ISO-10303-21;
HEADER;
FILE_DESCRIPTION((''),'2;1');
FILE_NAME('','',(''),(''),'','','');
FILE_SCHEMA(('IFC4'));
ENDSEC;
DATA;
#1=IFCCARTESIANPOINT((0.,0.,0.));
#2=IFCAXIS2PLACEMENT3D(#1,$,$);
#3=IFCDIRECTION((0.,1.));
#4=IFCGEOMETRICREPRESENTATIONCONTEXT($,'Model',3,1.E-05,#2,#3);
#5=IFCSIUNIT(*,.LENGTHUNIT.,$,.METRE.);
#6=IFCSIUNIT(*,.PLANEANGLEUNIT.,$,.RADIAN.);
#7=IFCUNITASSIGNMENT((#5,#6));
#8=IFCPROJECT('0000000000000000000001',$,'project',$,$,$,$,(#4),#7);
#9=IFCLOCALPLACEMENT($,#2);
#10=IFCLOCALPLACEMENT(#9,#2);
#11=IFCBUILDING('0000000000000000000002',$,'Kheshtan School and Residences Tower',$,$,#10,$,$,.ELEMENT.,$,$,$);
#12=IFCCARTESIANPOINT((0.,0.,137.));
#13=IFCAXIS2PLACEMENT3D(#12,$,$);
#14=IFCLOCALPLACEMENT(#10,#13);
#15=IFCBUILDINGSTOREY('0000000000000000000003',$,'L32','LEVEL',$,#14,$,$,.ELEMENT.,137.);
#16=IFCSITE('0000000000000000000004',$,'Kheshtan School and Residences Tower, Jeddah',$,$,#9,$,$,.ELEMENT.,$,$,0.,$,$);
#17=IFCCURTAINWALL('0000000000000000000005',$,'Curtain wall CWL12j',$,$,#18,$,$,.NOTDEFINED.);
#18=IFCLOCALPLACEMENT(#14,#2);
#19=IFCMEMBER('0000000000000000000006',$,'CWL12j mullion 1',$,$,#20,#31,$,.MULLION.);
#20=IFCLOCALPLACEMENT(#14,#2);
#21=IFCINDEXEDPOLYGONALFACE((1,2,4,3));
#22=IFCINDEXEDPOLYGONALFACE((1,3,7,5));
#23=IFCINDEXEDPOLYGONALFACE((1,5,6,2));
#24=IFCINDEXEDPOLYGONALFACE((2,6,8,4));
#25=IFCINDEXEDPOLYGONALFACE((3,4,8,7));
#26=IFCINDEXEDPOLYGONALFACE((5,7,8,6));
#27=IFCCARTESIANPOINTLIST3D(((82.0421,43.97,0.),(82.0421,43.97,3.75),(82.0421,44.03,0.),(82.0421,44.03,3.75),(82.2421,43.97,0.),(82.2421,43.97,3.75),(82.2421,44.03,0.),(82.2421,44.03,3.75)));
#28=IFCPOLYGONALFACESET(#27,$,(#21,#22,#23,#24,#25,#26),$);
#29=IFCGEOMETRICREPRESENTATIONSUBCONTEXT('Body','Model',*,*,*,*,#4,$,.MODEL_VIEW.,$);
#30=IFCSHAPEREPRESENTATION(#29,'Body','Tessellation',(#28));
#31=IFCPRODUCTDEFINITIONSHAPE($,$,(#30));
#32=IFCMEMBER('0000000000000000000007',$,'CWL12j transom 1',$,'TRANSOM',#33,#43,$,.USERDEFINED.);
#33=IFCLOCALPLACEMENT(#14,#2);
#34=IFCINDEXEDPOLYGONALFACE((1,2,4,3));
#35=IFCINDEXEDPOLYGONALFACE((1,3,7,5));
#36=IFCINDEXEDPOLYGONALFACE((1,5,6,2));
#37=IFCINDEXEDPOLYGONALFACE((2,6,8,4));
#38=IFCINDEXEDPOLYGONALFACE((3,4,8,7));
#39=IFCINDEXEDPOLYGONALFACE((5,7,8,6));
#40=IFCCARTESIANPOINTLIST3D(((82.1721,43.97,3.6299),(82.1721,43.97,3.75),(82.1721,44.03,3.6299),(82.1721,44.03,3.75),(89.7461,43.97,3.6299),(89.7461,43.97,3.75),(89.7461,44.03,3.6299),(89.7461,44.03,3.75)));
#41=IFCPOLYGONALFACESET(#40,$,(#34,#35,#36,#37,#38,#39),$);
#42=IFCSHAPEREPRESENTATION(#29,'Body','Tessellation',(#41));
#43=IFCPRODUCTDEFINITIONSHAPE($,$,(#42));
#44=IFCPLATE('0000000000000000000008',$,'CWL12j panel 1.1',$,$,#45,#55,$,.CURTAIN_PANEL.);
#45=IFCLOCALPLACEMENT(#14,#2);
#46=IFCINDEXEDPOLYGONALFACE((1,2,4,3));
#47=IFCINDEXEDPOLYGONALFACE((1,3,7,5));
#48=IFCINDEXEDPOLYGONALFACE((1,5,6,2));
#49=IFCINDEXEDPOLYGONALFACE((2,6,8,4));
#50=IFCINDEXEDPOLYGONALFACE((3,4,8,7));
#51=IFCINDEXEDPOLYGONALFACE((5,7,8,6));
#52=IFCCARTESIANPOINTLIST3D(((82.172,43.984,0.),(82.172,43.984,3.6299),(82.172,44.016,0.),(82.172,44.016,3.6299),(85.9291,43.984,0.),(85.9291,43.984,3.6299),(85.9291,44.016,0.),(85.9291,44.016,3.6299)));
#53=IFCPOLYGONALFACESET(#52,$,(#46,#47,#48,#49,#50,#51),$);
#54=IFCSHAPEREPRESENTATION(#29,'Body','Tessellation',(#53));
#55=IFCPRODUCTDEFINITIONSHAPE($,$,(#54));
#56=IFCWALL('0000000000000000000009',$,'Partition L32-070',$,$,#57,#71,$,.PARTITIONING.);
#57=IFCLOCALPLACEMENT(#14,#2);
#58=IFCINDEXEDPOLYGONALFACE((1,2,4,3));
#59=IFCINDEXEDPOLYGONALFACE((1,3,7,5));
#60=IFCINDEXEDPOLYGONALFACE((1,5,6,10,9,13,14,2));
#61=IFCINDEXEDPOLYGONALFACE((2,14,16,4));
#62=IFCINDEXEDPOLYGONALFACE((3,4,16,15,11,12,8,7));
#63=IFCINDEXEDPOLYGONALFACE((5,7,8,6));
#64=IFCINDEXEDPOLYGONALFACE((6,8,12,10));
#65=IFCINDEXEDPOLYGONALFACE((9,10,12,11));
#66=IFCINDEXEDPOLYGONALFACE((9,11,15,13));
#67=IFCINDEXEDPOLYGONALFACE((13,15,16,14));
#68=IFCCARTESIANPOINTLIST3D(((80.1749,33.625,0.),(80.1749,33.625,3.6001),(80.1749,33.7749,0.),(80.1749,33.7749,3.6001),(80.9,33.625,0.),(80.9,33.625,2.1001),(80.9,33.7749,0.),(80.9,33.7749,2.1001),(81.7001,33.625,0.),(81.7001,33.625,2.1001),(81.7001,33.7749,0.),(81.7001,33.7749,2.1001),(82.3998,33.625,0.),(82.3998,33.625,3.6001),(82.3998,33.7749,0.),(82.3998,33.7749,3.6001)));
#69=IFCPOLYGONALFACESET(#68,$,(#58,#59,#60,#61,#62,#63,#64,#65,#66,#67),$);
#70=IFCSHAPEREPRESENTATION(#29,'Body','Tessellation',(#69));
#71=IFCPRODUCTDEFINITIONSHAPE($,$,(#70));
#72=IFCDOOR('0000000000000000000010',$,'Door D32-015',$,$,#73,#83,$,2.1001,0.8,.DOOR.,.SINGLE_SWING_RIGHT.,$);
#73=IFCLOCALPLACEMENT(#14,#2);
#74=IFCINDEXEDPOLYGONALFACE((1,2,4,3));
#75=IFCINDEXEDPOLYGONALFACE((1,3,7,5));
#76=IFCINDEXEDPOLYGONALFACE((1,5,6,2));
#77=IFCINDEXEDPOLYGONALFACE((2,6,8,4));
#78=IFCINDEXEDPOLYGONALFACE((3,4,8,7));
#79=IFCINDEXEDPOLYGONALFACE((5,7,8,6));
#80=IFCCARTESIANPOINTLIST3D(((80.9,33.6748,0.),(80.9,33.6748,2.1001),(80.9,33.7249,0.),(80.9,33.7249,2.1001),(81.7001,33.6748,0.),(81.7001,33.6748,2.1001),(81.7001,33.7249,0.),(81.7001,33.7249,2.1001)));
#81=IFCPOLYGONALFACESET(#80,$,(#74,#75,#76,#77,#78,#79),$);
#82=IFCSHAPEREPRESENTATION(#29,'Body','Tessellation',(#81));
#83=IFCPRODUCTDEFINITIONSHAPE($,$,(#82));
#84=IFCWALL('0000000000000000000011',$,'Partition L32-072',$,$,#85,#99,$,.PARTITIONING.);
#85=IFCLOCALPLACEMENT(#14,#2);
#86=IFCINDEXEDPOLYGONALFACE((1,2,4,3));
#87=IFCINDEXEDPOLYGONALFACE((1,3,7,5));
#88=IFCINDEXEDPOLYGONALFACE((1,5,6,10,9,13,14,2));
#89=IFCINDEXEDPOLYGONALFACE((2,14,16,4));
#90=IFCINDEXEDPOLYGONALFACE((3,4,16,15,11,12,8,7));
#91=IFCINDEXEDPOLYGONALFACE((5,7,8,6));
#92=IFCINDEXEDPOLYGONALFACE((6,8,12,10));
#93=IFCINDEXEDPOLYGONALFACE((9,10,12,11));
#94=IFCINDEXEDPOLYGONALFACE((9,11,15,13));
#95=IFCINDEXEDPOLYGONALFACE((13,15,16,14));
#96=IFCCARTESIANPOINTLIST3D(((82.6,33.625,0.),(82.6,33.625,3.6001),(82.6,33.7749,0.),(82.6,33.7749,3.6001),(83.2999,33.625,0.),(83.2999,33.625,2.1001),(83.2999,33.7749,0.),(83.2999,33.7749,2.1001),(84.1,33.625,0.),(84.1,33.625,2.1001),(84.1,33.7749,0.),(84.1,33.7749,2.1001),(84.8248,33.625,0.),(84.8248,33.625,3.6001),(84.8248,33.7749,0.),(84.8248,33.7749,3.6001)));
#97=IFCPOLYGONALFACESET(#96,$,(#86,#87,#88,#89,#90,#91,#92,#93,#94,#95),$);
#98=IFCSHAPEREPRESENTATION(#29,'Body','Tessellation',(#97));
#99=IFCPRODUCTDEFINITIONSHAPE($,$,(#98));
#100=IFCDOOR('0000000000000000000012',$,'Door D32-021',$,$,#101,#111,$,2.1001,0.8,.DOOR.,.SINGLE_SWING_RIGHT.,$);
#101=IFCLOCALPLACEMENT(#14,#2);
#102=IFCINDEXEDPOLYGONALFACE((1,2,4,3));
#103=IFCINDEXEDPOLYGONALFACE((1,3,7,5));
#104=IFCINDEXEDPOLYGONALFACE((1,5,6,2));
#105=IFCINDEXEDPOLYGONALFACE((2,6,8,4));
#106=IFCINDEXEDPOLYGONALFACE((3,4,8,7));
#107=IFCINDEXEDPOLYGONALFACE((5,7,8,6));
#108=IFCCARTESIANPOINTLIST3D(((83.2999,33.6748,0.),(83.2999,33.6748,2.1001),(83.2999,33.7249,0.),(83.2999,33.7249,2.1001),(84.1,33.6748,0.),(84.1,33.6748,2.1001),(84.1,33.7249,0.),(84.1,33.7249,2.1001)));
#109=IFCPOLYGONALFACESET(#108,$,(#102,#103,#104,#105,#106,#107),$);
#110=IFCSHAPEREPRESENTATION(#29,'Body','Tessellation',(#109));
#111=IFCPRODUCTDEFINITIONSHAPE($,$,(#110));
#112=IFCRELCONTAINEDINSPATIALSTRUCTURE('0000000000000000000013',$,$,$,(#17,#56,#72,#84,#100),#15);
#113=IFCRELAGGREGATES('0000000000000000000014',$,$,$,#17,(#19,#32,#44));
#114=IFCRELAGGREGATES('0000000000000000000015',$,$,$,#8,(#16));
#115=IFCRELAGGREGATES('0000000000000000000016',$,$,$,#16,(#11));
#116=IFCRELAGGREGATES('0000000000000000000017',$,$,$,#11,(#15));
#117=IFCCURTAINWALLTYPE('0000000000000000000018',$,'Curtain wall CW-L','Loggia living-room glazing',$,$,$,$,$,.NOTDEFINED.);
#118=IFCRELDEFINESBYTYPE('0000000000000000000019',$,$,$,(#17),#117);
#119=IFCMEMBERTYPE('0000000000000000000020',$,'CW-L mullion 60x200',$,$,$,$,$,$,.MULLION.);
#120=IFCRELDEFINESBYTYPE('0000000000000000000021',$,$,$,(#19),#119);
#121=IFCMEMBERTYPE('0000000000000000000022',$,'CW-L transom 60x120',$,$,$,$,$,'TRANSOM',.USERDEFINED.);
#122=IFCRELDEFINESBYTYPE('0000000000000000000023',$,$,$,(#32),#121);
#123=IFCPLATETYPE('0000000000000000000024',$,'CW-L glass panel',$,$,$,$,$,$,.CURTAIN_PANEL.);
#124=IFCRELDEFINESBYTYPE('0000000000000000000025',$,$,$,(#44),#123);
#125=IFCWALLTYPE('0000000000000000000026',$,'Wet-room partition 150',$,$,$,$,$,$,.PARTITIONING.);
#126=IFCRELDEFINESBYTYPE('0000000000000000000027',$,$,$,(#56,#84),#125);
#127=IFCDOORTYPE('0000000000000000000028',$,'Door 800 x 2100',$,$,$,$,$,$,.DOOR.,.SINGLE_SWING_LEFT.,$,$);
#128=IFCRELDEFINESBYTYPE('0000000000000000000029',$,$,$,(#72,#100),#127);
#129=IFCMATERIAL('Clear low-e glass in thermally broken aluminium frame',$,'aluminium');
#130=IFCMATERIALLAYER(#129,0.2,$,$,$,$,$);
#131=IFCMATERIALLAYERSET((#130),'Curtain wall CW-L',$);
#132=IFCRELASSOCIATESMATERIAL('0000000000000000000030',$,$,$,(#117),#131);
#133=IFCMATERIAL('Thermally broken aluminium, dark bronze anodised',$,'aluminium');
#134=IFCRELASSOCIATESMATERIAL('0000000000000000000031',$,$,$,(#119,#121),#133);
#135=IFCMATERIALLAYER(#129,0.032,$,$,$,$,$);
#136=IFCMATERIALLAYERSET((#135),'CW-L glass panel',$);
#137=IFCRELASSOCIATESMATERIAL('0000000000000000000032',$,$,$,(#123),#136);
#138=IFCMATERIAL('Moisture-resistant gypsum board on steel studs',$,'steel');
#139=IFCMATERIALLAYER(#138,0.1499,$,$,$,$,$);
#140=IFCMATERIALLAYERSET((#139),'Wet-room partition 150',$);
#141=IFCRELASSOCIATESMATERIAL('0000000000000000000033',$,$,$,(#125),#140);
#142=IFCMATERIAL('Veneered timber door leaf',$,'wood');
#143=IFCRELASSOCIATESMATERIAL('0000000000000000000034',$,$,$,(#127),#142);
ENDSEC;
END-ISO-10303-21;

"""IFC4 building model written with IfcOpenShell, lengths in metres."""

from ifc_helpers import new_model, si_unit, direction, frame, frame_2d, origin, origin_2d, place, context, subcontext, project, spatial, rectangle, extrude, source, transform, mapped, material, layer, layer_set, material_profile, profile_set, type_object, element, fill, aggregate, save


model = new_model("IFC4")

# Units and contexts
model_context = context("Model", 3, precision=1e-05, world=origin(), true_north=direction((0.0, 1.0)))
body_context = subcontext(model_context, "Body", "Model", "MODEL_VIEW")
ifc_project = project(units=[si_unit("LENGTHUNIT", "METRE"), si_unit("PLANEANGLEUNIT", "RADIAN")], contexts=[model_context])

# Site, building, storey
site_placement = place(None, origin())
site = spatial("IfcSite", under=ifc_project, at=site_placement, Name="Kheshtan School and Residences Tower, Jeddah", CompositionType="ELEMENT", RefElevation=0.0)
building_placement = place(site_placement, origin())
building = spatial("IfcBuilding", under=site, at=building_placement, Name="Kheshtan School and Residences Tower", CompositionType="ELEMENT")
storey_placement = place(building_placement, frame((0.0, 0.0, 137.0)))
storey = spatial("IfcBuildingStorey", under=building, at=storey_placement, Name="L32", Description="LEVEL", CompositionType="ELEMENT", Elevation=137.0)

# Curtain wall, members, plate
ifc_material_1 = material(Name="Clear low-e glass in thermally broken aluminium frame", Category="aluminium")
ifc_layer_1 = layer(ifc_material_1, 0.2)
ifc_layer_set_1 = layer_set([ifc_layer_1], Name="Curtain wall CW-L")
curtain_wall_type = type_object("IfcCurtainWallType", Name="Curtain wall CW-L", Description="Loggia living-room glazing", PredefinedType="NOTDEFINED", material=ifc_layer_set_1)
curtain_wall_placement = place(storey_placement, origin())
curtain_wall = element("IfcCurtainWall", 1, at=curtain_wall_placement, inside=storey, type_object=curtain_wall_type, Name="Curtain wall CWL12j", PredefinedType="NOTDEFINED")
ifc_material_2 = material(Name="Thermally broken aluminium, dark bronze anodised", Category="aluminium")
ifc_material_profile_1 = material_profile(ifc_material_2, rectangle(XDim=0.0601, YDim=0.2, at=origin_2d()), Name="CW-L mullion 60x200")
ifc_profile_set_1 = profile_set([ifc_material_profile_1], Name="Thermally broken aluminium, dark bronze anodised")
member_type_1 = type_object("IfcMemberType", Name="CW-L mullion 60x200", PredefinedType="MULLION", material=ifc_profile_set_1)
member_1_placement = place(storey_placement, frame((82.1421, 44.0, 0.0), z_axis=(0.0, 0.0, 1.0), x_axis=(0.0, 1.0, 0.0)))
member_1 = element("IfcMember", 2, at=member_1_placement, type_object=member_type_1, Name="CWL12j mullion 1", PredefinedType="MULLION", context=body_context, shape_type="SweptSolid", body=[
    extrude(rectangle(XDim=0.0601, YDim=0.2, at=origin_2d()), origin(), (0.0, 0.0, 1.0), 3.75),
])
ifc_material_profile_2 = material_profile(ifc_material_2, rectangle(XDim=0.0601, YDim=0.1201, at=origin_2d()), Name="CW-L transom 60x120")
ifc_profile_set_2 = profile_set([ifc_material_profile_2], Name="Thermally broken aluminium, dark bronze anodised")
member_type_2 = type_object("IfcMemberType", Name="CW-L transom 60x120", ElementType="TRANSOM", PredefinedType="USERDEFINED", material=ifc_profile_set_2)
member_2_placement = place(storey_placement, frame((82.1721, 44.0, 3.6899), z_axis=(1.0, 0.0, 0.0), x_axis=(0.0, 1.0, 0.0)))
member_2 = element("IfcMember", 3, at=member_2_placement, type_object=member_type_2, Name="CWL12j transom 1", ObjectType="TRANSOM", PredefinedType="USERDEFINED", context=body_context, shape_type="SweptSolid", body=[
    extrude(rectangle(XDim=0.0601, YDim=0.1201, at=origin_2d()), origin(), (0.0, 0.0, 1.0), 7.574),
])
ifc_layer_2 = layer(ifc_material_1, 0.032)
ifc_layer_set_2 = layer_set([ifc_layer_2], Name="CW-L glass panel")
plate_type = type_object("IfcPlateType", Name="CW-L glass panel", PredefinedType="CURTAIN_PANEL", material=ifc_layer_set_2)
plate_placement = place(storey_placement, frame((84.0505, 44.0, 0.0), z_axis=(0.0, 0.0, 1.0), x_axis=(1.0, 0.0, 0.0)))
plate = element("IfcPlate", 4, at=plate_placement, type_object=plate_type, Name="CWL12j panel 1.1", PredefinedType="CURTAIN_PANEL", context=body_context, shape_type="SweptSolid", body=[
    extrude(rectangle(XDim=3.7571, YDim=0.032, at=origin_2d()), origin(), (0.0, 0.0, 1.0), 3.6299),
])
aggregate(curtain_wall, [member_1, member_2, plate])

# Walls, openings, doors
ifc_material_3 = material(Name="Moisture-resistant gypsum board on steel studs", Category="steel")
ifc_layer_3 = layer(ifc_material_3, 0.1499)
ifc_layer_set_3 = layer_set([ifc_layer_3], Name="Wet-room partition 150")
wall_type = type_object("IfcWallType", Name="Wet-room partition 150", PredefinedType="PARTITIONING", material=ifc_layer_set_3)
wall_1_placement = place(storey_placement, frame((80.175, 33.7, 0.0), z_axis=(0.0, 0.0, 1.0), x_axis=(1.0, 0.0, 0.0)))
wall_1 = element("IfcWall", 5, at=wall_1_placement, inside=storey, type_object=wall_type, Name="Partition L32-070", PredefinedType="PARTITIONING", context=body_context, shape_type="SweptSolid", body=[
    extrude(rectangle(XDim=2.2249, YDim=0.1499, at=frame_2d((1.1123, 0.0))), origin(), (0.0, 0.0, 1.0), 3.6001),
])
opening_1_placement = place(wall_1_placement, frame((0.7251, 0.0, 0.0)))
opening_1 = element("IfcOpeningElement", 6, at=opening_1_placement, cuts=wall_1, PredefinedType="OPENING", context=body_context, shape_type="SweptSolid", body=[
    extrude(rectangle(XDim=0.8, YDim=2.1001, at=frame_2d((0.3999, 1.05))), frame((0.0, 0.085, 0.0), z_axis=(0.0, -1.0, 0.0), x_axis=(1.0, 0.0, 0.0)), (0.0, 0.0, 1.0), 0.1699),
])
ifc_material_4 = material(Name="Veneered timber door leaf", Category="wood")
door_type_1 = type_object("IfcDoorType", Name="Door 800 x 2100", OperationType="SINGLE_SWING_LEFT", PredefinedType="DOOR", material=ifc_material_4)
shared_shape_1 = source(origin(), body_context, "Body", "SweptSolid", [
    extrude(rectangle(XDim=0.8, YDim=2.1001, at=frame_2d((0.3999, 1.05))), frame((0.0, 0.0249, 0.0), z_axis=(0.0, -1.0, 0.0), x_axis=(1.0, 0.0, 0.0)), (0.0, 0.0, 1.0), 0.05),
])
door_1_placement = place(opening_1_placement, origin())
door_1 = element("IfcDoor", 7, at=door_1_placement, inside=storey, type_object=door_type_1, Name="Door D32-015", OperationType="SINGLE_SWING_RIGHT", OverallHeight=2.1001, OverallWidth=0.8, PredefinedType="DOOR", context=body_context, shape_type="MappedRepresentation", body=[
    mapped(shared_shape_1, transform((0.0, 0.0, 0.0), x_axis=(1.0, 0.0, 0.0), y_axis=(0.0, 1.0, 0.0), z_axis=(0.0, 0.0, 1.0), scale=1.0)),
])
fill(opening_1, door_1)
wall_2_placement = place(storey_placement, frame((82.6001, 33.7, 0.0), z_axis=(0.0, 0.0, 1.0), x_axis=(1.0, 0.0, 0.0)))
wall_2 = element("IfcWall", 8, at=wall_2_placement, inside=storey, type_object=wall_type, Name="Partition L32-072", PredefinedType="PARTITIONING", context=body_context, shape_type="SweptSolid", body=[
    extrude(rectangle(XDim=2.2249, YDim=0.1499, at=frame_2d((1.1123, 0.0))), origin(), (0.0, 0.0, 1.0), 3.6001),
])
opening_2_placement = place(wall_2_placement, frame((0.7, 0.0, 0.0)))
opening_2 = element("IfcOpeningElement", 9, at=opening_2_placement, cuts=wall_2, PredefinedType="OPENING", context=body_context, shape_type="SweptSolid", body=[
    extrude(rectangle(XDim=0.8, YDim=2.1001, at=frame_2d((0.3999, 1.05))), frame((0.0, 0.085, 0.0), z_axis=(0.0, -1.0, 0.0), x_axis=(1.0, 0.0, 0.0)), (0.0, 0.0, 1.0), 0.1699),
])
door_2_placement = place(opening_2_placement, origin())
door_2 = element("IfcDoor", 10, at=door_2_placement, inside=storey, type_object=door_type_1, Name="Door D32-021", OperationType="SINGLE_SWING_RIGHT", OverallHeight=2.1001, OverallWidth=0.8, PredefinedType="DOOR", context=body_context, shape_type="MappedRepresentation", body=[
    mapped(shared_shape_1, transform((0.0, 0.0, 0.0), x_axis=(1.0, 0.0, 0.0), y_axis=(0.0, 1.0, 0.0), z_axis=(0.0, 0.0, 1.0), scale=1.0)),
])
fill(opening_2, door_2)

save(model, "model.ifc")
